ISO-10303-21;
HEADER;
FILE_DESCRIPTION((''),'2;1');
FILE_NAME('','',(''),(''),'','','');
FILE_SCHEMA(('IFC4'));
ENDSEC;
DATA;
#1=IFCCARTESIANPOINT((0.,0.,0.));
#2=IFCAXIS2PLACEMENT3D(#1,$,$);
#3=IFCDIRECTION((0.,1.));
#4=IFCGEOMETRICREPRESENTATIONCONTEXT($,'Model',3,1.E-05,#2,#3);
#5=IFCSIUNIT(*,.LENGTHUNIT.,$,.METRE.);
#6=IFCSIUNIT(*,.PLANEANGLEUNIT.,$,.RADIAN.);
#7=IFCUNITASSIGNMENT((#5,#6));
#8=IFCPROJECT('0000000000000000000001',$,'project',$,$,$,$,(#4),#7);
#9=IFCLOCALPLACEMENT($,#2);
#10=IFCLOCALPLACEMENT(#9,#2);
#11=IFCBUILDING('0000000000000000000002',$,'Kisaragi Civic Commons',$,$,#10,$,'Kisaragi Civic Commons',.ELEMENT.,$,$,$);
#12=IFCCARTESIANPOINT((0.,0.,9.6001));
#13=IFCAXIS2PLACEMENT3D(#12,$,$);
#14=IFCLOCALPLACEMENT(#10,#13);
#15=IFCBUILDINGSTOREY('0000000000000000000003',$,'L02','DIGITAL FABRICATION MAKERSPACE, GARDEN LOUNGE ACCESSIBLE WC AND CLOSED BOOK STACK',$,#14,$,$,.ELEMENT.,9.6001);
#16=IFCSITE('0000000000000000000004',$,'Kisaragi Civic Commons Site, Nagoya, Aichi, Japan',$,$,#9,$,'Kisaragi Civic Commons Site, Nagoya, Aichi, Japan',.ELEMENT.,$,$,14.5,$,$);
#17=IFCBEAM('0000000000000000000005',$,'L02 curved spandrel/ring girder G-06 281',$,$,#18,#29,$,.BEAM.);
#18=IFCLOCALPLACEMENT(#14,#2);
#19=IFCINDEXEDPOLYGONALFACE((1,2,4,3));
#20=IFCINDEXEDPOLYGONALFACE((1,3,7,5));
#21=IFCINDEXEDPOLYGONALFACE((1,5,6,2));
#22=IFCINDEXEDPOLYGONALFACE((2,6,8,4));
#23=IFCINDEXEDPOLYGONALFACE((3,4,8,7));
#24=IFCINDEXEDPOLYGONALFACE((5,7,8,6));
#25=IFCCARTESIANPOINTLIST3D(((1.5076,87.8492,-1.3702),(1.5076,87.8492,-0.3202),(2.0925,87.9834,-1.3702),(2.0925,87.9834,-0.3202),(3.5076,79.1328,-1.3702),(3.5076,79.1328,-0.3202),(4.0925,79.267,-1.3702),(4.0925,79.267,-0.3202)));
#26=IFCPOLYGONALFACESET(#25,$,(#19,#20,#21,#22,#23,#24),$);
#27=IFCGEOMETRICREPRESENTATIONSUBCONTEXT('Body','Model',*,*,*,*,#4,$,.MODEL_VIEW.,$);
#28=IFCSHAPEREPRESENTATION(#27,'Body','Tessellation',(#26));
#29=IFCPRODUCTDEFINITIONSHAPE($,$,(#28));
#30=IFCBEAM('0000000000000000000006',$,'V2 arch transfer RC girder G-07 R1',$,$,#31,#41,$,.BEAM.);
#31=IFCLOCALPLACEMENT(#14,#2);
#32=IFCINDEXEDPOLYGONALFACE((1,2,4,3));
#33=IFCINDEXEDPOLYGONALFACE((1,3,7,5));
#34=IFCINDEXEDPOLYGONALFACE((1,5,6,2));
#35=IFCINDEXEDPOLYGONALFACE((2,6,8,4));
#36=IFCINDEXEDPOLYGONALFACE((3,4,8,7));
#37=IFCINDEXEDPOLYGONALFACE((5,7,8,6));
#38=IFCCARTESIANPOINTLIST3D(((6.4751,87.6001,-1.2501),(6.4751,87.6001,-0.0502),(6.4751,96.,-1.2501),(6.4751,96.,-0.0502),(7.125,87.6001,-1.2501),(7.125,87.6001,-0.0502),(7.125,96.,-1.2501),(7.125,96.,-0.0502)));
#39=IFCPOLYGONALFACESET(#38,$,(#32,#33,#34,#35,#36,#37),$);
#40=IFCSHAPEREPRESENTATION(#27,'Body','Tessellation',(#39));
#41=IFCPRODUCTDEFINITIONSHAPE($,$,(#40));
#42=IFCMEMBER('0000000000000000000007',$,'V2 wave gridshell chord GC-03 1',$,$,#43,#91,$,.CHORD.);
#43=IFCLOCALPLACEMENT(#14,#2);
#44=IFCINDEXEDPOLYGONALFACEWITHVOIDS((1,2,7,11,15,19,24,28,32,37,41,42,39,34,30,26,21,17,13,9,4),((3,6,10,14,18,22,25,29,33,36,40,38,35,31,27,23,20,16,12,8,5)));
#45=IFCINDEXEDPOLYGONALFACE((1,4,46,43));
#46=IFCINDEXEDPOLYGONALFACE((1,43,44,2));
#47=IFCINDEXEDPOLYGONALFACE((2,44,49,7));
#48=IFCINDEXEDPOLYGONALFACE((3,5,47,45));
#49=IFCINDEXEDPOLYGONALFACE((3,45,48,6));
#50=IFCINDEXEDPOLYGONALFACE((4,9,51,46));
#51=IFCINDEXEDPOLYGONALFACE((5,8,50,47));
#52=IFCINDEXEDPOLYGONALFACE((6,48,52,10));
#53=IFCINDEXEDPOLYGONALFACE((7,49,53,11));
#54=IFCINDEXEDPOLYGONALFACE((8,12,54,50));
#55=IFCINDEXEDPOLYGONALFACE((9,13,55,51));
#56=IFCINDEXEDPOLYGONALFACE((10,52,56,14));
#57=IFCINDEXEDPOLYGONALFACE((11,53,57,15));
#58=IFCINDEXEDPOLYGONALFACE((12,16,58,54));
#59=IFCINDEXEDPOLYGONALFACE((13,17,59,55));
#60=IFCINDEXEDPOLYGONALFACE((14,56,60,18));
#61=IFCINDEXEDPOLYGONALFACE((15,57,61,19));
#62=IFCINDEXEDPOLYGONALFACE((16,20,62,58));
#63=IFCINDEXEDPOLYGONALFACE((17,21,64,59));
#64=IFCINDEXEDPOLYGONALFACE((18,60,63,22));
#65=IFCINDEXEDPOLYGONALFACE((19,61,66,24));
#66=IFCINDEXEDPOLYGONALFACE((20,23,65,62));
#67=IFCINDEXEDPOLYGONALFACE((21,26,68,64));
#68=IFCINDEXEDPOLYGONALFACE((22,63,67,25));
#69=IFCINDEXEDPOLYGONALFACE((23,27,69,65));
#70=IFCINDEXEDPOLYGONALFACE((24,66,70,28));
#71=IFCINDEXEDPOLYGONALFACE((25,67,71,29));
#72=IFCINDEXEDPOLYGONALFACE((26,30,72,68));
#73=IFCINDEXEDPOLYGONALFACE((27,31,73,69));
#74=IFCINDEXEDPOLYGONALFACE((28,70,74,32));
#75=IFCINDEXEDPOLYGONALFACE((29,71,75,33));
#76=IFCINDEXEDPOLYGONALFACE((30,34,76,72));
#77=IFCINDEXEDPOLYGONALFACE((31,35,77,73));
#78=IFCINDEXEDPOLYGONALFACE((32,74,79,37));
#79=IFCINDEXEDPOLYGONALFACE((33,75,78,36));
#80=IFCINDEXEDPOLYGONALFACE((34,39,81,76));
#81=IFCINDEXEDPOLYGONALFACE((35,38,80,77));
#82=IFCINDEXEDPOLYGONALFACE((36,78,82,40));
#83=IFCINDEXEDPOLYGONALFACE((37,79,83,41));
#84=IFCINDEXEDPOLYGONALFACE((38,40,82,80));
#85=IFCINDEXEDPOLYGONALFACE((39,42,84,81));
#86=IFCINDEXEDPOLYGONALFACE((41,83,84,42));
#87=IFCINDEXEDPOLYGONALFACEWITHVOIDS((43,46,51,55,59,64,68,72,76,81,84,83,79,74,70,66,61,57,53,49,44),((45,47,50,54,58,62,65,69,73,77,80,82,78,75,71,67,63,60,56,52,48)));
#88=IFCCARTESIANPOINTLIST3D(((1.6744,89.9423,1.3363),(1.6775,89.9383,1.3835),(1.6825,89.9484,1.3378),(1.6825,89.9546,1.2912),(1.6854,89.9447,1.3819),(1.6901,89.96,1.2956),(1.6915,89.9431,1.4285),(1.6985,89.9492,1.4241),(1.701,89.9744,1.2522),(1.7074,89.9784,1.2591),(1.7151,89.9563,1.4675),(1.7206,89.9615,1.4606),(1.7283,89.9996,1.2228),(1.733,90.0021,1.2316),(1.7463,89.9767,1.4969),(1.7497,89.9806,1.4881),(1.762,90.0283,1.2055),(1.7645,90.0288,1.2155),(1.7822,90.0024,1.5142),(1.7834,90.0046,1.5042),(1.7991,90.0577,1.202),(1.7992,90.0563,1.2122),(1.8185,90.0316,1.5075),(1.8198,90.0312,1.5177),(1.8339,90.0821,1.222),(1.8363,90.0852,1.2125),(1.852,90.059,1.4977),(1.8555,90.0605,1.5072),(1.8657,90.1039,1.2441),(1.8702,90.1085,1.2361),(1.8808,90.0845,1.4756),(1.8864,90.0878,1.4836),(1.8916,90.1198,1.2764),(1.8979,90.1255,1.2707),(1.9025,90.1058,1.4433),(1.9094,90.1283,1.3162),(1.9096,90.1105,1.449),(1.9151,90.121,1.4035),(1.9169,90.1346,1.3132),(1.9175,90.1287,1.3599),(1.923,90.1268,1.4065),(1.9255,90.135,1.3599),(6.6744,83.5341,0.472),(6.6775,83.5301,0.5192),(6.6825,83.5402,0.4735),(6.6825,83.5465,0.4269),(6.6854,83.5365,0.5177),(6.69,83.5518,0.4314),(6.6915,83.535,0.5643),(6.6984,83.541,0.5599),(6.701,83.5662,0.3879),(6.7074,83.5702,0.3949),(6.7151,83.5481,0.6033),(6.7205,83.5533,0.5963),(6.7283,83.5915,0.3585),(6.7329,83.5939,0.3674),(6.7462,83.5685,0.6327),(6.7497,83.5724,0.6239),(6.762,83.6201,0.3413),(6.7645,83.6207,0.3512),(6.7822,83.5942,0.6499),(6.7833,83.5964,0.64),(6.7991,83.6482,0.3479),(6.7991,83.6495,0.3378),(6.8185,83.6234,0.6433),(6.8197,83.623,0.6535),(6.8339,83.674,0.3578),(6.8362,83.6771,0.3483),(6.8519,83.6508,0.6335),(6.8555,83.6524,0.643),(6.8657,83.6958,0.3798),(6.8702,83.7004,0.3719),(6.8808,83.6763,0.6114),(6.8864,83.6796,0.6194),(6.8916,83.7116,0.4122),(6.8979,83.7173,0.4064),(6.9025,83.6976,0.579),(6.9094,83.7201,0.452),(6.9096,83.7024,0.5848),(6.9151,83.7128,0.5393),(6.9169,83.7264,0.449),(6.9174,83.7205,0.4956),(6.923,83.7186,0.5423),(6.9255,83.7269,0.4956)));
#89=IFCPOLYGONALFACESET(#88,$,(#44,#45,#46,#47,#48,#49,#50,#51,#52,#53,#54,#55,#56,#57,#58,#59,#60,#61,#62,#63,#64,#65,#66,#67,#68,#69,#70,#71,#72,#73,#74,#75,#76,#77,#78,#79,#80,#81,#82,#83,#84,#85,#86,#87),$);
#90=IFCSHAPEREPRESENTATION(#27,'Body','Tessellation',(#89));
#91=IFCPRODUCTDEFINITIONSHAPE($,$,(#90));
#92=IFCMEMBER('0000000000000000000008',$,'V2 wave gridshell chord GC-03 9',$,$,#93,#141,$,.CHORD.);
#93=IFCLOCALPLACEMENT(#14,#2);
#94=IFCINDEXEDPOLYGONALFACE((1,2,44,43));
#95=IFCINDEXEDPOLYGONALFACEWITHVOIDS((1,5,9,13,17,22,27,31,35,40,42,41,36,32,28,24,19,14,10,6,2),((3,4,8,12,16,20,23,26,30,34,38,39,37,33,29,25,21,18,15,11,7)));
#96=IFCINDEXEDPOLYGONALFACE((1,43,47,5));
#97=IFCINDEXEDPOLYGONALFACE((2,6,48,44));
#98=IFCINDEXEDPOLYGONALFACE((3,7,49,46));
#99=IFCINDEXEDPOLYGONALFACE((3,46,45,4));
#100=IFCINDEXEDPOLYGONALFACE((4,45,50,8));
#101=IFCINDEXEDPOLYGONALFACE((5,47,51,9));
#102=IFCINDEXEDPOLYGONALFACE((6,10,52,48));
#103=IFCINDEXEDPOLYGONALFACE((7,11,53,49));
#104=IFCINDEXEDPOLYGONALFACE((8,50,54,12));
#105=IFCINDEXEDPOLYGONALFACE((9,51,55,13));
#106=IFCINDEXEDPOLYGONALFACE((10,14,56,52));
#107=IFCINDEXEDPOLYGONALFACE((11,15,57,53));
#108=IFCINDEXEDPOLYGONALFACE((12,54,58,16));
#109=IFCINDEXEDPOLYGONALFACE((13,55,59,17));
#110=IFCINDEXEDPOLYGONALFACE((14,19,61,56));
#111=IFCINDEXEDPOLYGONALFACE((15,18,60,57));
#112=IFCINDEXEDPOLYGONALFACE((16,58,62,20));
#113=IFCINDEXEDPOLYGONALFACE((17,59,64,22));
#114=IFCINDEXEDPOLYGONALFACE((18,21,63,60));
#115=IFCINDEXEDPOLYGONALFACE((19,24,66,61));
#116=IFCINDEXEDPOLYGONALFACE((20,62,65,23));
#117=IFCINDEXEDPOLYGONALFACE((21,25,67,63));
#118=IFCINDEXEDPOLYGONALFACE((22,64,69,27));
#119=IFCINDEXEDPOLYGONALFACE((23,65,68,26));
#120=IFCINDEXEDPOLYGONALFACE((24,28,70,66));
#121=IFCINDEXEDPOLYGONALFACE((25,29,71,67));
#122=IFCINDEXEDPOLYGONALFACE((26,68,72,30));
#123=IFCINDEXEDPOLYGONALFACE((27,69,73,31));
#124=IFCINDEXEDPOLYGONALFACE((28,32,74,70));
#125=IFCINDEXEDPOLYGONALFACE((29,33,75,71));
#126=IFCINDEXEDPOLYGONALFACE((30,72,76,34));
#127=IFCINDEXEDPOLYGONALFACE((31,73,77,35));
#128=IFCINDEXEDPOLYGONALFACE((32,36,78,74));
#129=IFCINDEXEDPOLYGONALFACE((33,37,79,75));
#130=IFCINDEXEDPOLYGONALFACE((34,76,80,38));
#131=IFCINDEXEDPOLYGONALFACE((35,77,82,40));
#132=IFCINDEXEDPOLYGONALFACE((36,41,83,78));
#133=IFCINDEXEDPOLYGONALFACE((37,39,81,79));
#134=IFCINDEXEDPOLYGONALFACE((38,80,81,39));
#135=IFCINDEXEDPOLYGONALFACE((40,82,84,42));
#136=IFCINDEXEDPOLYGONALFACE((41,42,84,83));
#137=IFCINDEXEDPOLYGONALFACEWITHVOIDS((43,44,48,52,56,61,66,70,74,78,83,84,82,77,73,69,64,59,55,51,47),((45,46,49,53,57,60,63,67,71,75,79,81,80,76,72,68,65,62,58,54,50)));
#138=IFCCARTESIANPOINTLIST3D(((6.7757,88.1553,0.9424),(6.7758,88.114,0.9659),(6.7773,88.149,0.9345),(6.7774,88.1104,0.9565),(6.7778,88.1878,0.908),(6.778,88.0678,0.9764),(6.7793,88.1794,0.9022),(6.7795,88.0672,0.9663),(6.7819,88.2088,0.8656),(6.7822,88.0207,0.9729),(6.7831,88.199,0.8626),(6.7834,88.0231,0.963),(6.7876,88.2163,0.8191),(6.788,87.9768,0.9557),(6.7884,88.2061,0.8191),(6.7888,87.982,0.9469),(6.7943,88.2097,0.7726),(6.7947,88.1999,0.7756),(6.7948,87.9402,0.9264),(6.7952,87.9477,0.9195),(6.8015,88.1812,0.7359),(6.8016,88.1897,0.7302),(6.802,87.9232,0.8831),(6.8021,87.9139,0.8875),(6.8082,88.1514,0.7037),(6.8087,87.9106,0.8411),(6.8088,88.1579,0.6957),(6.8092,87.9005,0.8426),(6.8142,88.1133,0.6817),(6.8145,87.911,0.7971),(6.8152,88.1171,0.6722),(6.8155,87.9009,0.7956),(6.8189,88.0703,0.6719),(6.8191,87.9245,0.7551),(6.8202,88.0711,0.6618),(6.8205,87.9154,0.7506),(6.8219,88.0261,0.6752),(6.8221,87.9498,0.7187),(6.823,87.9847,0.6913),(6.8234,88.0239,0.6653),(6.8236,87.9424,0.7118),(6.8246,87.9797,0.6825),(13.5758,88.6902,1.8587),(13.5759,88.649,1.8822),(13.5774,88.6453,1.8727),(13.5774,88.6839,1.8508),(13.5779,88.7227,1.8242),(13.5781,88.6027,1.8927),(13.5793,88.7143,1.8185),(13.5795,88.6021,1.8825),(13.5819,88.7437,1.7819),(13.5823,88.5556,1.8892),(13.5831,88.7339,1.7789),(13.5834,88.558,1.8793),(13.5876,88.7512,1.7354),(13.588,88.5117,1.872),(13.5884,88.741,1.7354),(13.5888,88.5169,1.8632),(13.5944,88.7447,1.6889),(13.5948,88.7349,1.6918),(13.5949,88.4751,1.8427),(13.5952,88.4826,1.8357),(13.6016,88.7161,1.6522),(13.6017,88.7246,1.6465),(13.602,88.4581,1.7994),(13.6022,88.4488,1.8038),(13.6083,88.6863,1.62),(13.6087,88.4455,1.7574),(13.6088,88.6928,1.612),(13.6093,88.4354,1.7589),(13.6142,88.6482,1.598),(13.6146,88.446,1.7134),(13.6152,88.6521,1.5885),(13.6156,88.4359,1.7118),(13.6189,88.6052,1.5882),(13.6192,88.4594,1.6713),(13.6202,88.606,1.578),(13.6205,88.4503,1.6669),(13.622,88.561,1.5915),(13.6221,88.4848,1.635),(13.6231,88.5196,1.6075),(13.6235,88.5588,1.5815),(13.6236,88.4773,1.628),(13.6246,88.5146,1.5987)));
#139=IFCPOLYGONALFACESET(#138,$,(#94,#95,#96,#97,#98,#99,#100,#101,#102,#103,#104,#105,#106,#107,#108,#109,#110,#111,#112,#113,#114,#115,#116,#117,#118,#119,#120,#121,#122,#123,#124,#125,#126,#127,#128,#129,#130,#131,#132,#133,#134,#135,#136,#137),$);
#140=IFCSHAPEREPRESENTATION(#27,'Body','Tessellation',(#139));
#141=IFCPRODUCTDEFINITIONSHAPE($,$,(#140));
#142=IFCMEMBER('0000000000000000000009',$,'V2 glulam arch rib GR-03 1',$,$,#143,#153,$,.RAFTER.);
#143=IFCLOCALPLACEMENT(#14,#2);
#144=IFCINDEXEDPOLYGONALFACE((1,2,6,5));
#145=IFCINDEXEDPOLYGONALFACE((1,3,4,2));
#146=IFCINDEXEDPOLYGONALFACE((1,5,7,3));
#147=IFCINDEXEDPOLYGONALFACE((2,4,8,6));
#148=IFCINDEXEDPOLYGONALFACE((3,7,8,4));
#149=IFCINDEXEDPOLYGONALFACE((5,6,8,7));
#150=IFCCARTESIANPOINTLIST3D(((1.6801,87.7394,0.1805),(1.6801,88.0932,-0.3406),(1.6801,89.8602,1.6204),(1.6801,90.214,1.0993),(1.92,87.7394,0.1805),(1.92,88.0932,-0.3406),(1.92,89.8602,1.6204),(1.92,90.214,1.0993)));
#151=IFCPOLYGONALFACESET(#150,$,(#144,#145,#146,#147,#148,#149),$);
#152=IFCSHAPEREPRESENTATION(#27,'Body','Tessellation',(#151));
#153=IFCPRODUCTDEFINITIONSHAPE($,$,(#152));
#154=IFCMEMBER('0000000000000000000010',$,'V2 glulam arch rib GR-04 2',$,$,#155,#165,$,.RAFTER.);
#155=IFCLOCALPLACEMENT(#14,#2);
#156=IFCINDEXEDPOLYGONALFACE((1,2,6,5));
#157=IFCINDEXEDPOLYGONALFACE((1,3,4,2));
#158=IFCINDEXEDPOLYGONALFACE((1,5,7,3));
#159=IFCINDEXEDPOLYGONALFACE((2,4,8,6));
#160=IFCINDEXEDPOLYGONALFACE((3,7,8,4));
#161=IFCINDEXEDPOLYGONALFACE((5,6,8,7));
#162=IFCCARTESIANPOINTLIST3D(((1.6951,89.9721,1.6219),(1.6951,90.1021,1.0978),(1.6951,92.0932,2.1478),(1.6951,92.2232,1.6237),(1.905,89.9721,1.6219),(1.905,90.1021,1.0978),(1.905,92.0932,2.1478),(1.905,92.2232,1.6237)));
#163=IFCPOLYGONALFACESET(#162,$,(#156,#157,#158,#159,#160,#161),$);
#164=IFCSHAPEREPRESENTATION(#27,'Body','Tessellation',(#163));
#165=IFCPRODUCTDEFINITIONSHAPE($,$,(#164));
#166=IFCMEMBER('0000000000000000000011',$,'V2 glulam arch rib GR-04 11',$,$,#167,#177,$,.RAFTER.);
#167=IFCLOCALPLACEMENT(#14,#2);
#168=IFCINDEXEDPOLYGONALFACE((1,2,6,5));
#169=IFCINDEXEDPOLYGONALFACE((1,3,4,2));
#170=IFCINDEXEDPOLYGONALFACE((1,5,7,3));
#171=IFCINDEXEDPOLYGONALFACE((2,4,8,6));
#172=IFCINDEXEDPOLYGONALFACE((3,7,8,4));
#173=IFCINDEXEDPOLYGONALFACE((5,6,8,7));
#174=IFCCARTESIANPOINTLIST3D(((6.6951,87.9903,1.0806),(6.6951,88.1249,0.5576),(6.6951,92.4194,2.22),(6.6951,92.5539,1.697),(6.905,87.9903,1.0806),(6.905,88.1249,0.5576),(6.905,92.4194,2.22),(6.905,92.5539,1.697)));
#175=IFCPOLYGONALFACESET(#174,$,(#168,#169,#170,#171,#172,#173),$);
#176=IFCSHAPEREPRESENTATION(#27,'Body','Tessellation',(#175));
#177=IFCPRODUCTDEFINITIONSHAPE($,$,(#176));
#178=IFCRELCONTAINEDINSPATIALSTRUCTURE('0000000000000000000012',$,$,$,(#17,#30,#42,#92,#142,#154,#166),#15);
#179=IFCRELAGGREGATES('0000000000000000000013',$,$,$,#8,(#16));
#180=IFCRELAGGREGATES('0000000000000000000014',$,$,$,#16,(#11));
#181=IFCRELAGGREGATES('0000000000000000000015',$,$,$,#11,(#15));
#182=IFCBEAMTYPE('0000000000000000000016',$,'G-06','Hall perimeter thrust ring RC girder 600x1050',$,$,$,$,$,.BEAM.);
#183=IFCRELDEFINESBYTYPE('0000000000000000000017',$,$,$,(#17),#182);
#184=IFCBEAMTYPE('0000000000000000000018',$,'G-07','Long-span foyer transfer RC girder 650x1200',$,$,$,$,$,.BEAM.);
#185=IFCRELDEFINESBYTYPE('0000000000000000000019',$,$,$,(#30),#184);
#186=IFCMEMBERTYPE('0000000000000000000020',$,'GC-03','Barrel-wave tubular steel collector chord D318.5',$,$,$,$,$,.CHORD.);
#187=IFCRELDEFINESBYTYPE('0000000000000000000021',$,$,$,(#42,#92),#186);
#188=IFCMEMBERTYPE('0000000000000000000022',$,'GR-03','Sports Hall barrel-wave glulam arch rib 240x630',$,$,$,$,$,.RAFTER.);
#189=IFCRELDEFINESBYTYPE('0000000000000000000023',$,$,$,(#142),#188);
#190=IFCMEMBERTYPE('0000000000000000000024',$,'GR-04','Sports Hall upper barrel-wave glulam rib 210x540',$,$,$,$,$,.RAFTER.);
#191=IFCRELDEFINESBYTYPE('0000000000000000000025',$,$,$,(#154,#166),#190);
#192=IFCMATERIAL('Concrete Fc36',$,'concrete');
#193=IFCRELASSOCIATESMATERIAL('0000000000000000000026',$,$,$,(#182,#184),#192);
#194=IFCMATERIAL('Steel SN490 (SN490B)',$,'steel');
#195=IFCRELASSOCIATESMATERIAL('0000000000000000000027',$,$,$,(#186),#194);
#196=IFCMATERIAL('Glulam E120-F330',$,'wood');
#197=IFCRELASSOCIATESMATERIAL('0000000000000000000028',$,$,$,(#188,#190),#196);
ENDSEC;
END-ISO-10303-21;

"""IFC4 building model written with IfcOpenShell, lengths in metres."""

from ifc_helpers import new_model, si_unit, direction, frame, origin, origin_2d, place, context, subcontext, project, spatial, rectangle, hollow_circle, extrude, material, material_profile, profile_set, type_object, element, save


model = new_model("IFC4")

# Units and contexts
model_context = context("Model", 3, precision=1e-05, world=origin(), true_north=direction((0.0, 1.0)))
body_context = subcontext(model_context, "Body", "Model", "MODEL_VIEW")
ifc_project = project(units=[si_unit("LENGTHUNIT", "METRE"), si_unit("PLANEANGLEUNIT", "RADIAN")], contexts=[model_context])

# Site, building, storey
site_placement = place(None, origin())
site = spatial("IfcSite", under=ifc_project, at=site_placement, Name="Kisaragi Civic Commons Site, Nagoya, Aichi, Japan", LongName="Kisaragi Civic Commons Site, Nagoya, Aichi, Japan", CompositionType="ELEMENT", RefElevation=14.5)
building_placement = place(site_placement, origin())
building = spatial("IfcBuilding", under=site, at=building_placement, Name="Kisaragi Civic Commons", LongName="Kisaragi Civic Commons", CompositionType="ELEMENT")
storey_placement = place(building_placement, frame((0.0, 0.0, 9.6001)))
storey = spatial("IfcBuildingStorey", under=building, at=storey_placement, Name="L02", Description="DIGITAL FABRICATION MAKERSPACE, GARDEN LOUNGE ACCESSIBLE WC AND CLOSED BOOK STACK", CompositionType="ELEMENT", Elevation=9.6001)

# Beams
ifc_material_1 = material(Name="Concrete Fc36", Category="concrete")
ifc_material_profile_1 = material_profile(ifc_material_1, rectangle(XDim=0.6001, YDim=1.05, at=origin_2d()), Name="RC-600x1050", Category="concrete")
ifc_profile_set_1 = profile_set([ifc_material_profile_1], Name="Concrete Fc36")
beam_type_1 = type_object("IfcBeamType", Name="G-06", Description="Hall perimeter thrust ring RC girder 600x1050", PredefinedType="BEAM", material=ifc_profile_set_1)
beam_1_placement = place(storey_placement, frame((1.8, 87.9163, -0.8452), z_axis=(0.223643, -0.974671, 0.0), x_axis=(0.974671, 0.223643, 0.0)))
element("IfcBeam", 1, at=beam_1_placement, inside=storey, type_object=beam_type_1, Name="L02 curved spandrel/ring girder G-06 281", PredefinedType="BEAM", context=body_context, shape_type="SweptSolid", body=[
    extrude(rectangle(XDim=0.6001, YDim=1.05, at=origin_2d()), origin(), (0.0, 0.0, 1.0), 8.9429),
])
ifc_material_profile_2 = material_profile(ifc_material_1, rectangle(XDim=0.6499, YDim=1.2, at=origin_2d()), Name="RC-650x1200", Category="concrete")
ifc_profile_set_2 = profile_set([ifc_material_profile_2], Name="Concrete Fc36")
beam_type_2 = type_object("IfcBeamType", Name="G-07", Description="Long-span foyer transfer RC girder 650x1200", PredefinedType="BEAM", material=ifc_profile_set_2)
beam_2_placement = place(storey_placement, frame((6.8, 87.6001, -0.6501), z_axis=(0.0, 1.0, 0.0), x_axis=(-1.0, 0.0, 0.0)))
element("IfcBeam", 2, at=beam_2_placement, inside=storey, type_object=beam_type_2, Name="V2 arch transfer RC girder G-07 R1", PredefinedType="BEAM", context=body_context, shape_type="SweptSolid", body=[
    extrude(rectangle(XDim=0.6499, YDim=1.2, at=origin_2d()), origin(), (0.0, 0.0, 1.0), 8.3999),
])

# Members
ifc_material_2 = material(Name="Steel SN490 (SN490B)", Category="steel")
ifc_material_profile_3 = material_profile(ifc_material_2, hollow_circle(Radius=0.1592, WallThickness=0.0103, at=origin_2d()), Name="CHS-318.5x10.3", Category="steel")
ifc_profile_set_3 = profile_set([ifc_material_profile_3], Name="Steel SN490 (SN490B)")
member_type_1 = type_object("IfcMemberType", Name="GC-03", Description="Barrel-wave tubular steel collector chord D318.5", PredefinedType="CHORD", material=ifc_profile_set_3)
member_1_placement = place(storey_placement, frame((1.8, 90.0371, 1.3599), z_axis=(0.611706, -0.783987, -0.105734), x_axis=(0.788407, 0.615154, 0.0)))
element("IfcMember", 3, at=member_1_placement, inside=storey, type_object=member_type_1, Name="V2 wave gridshell chord GC-03 1", PredefinedType="CHORD", context=body_context, shape_type="SweptSolid", body=[
    extrude(hollow_circle(Radius=0.1592, WallThickness=0.0103, at=origin_2d()), origin(), (0.0, 0.0, 1.0), 8.1738),
])
member_2_placement = place(storey_placement, frame((6.8, 88.0576, 0.8191), z_axis=(0.988046, 0.077723, 0.133132), x_axis=(-0.078421, 0.99692, 0.0)))
element("IfcMember", 4, at=member_2_placement, inside=storey, type_object=member_type_1, Name="V2 wave gridshell chord GC-03 9", PredefinedType="CHORD", context=body_context, shape_type="SweptSolid", body=[
    extrude(hollow_circle(Radius=0.1592, WallThickness=0.0103, at=origin_2d()), origin(), (0.0, 0.0, 1.0), 6.8823),
])
ifc_material_3 = material(Name="Glulam E120-F330", Category="wood")
ifc_material_profile_4 = material_profile(ifc_material_3, rectangle(XDim=0.24, YDim=0.6299, at=origin_2d()), Name="GL-240x630", Category="wood")
ifc_profile_set_4 = profile_set([ifc_material_profile_4], Name="Glulam E120-F330")
member_type_2 = type_object("IfcMemberType", Name="GR-03", Description="Sports Hall barrel-wave glulam arch rib 240x630", PredefinedType="RAFTER", material=ifc_profile_set_4)
member_3_placement = place(storey_placement, frame((1.8, 87.9163, -0.0801), z_axis=(0.0, 0.827332, 0.561713), x_axis=(-1.0, 0.0, 0.0)))
element("IfcMember", 5, at=member_3_placement, inside=storey, type_object=member_type_2, Name="V2 glulam arch rib GR-03 1", PredefinedType="RAFTER", context=body_context, shape_type="SweptSolid", body=[
    extrude(rectangle(XDim=0.24, YDim=0.6299, at=origin_2d()), origin(), (0.0, 0.0, 1.0), 2.5635),
])
ifc_material_profile_5 = material_profile(ifc_material_3, rectangle(XDim=0.21, YDim=0.54, at=origin_2d()), Name="GL-210x540", Category="wood")
ifc_profile_set_5 = profile_set([ifc_material_profile_5], Name="Glulam E120-F330")
member_type_3 = type_object("IfcMemberType", Name="GR-04", Description="Sports Hall upper barrel-wave glulam rib 210x540", PredefinedType="RAFTER", material=ifc_profile_set_5)
member_4_placement = place(storey_placement, frame((1.8, 90.0371, 1.3599), z_axis=(0.0, 0.970614, 0.240643), x_axis=(-1.0, 0.0, 0.0)))
element("IfcMember", 6, at=member_4_placement, inside=storey, type_object=member_type_3, Name="V2 glulam arch rib GR-04 2", PredefinedType="RAFTER", context=body_context, shape_type="SweptSolid", body=[
    extrude(rectangle(XDim=0.21, YDim=0.54, at=origin_2d()), origin(), (0.0, 0.0, 1.0), 2.1853),
])
member_5_placement = place(storey_placement, frame((6.8, 88.0576, 0.8191), z_axis=(0.0, 0.968465, 0.24915), x_axis=(-1.0, 0.0, 0.0)))
element("IfcMember", 7, at=member_5_placement, inside=storey, type_object=member_type_3, Name="V2 glulam arch rib GR-04 11", PredefinedType="RAFTER", context=body_context, shape_type="SweptSolid", body=[
    extrude(rectangle(XDim=0.21, YDim=0.54, at=origin_2d()), origin(), (0.0, 0.0, 1.0), 4.5732),
])

save(model, "model.ifc")
